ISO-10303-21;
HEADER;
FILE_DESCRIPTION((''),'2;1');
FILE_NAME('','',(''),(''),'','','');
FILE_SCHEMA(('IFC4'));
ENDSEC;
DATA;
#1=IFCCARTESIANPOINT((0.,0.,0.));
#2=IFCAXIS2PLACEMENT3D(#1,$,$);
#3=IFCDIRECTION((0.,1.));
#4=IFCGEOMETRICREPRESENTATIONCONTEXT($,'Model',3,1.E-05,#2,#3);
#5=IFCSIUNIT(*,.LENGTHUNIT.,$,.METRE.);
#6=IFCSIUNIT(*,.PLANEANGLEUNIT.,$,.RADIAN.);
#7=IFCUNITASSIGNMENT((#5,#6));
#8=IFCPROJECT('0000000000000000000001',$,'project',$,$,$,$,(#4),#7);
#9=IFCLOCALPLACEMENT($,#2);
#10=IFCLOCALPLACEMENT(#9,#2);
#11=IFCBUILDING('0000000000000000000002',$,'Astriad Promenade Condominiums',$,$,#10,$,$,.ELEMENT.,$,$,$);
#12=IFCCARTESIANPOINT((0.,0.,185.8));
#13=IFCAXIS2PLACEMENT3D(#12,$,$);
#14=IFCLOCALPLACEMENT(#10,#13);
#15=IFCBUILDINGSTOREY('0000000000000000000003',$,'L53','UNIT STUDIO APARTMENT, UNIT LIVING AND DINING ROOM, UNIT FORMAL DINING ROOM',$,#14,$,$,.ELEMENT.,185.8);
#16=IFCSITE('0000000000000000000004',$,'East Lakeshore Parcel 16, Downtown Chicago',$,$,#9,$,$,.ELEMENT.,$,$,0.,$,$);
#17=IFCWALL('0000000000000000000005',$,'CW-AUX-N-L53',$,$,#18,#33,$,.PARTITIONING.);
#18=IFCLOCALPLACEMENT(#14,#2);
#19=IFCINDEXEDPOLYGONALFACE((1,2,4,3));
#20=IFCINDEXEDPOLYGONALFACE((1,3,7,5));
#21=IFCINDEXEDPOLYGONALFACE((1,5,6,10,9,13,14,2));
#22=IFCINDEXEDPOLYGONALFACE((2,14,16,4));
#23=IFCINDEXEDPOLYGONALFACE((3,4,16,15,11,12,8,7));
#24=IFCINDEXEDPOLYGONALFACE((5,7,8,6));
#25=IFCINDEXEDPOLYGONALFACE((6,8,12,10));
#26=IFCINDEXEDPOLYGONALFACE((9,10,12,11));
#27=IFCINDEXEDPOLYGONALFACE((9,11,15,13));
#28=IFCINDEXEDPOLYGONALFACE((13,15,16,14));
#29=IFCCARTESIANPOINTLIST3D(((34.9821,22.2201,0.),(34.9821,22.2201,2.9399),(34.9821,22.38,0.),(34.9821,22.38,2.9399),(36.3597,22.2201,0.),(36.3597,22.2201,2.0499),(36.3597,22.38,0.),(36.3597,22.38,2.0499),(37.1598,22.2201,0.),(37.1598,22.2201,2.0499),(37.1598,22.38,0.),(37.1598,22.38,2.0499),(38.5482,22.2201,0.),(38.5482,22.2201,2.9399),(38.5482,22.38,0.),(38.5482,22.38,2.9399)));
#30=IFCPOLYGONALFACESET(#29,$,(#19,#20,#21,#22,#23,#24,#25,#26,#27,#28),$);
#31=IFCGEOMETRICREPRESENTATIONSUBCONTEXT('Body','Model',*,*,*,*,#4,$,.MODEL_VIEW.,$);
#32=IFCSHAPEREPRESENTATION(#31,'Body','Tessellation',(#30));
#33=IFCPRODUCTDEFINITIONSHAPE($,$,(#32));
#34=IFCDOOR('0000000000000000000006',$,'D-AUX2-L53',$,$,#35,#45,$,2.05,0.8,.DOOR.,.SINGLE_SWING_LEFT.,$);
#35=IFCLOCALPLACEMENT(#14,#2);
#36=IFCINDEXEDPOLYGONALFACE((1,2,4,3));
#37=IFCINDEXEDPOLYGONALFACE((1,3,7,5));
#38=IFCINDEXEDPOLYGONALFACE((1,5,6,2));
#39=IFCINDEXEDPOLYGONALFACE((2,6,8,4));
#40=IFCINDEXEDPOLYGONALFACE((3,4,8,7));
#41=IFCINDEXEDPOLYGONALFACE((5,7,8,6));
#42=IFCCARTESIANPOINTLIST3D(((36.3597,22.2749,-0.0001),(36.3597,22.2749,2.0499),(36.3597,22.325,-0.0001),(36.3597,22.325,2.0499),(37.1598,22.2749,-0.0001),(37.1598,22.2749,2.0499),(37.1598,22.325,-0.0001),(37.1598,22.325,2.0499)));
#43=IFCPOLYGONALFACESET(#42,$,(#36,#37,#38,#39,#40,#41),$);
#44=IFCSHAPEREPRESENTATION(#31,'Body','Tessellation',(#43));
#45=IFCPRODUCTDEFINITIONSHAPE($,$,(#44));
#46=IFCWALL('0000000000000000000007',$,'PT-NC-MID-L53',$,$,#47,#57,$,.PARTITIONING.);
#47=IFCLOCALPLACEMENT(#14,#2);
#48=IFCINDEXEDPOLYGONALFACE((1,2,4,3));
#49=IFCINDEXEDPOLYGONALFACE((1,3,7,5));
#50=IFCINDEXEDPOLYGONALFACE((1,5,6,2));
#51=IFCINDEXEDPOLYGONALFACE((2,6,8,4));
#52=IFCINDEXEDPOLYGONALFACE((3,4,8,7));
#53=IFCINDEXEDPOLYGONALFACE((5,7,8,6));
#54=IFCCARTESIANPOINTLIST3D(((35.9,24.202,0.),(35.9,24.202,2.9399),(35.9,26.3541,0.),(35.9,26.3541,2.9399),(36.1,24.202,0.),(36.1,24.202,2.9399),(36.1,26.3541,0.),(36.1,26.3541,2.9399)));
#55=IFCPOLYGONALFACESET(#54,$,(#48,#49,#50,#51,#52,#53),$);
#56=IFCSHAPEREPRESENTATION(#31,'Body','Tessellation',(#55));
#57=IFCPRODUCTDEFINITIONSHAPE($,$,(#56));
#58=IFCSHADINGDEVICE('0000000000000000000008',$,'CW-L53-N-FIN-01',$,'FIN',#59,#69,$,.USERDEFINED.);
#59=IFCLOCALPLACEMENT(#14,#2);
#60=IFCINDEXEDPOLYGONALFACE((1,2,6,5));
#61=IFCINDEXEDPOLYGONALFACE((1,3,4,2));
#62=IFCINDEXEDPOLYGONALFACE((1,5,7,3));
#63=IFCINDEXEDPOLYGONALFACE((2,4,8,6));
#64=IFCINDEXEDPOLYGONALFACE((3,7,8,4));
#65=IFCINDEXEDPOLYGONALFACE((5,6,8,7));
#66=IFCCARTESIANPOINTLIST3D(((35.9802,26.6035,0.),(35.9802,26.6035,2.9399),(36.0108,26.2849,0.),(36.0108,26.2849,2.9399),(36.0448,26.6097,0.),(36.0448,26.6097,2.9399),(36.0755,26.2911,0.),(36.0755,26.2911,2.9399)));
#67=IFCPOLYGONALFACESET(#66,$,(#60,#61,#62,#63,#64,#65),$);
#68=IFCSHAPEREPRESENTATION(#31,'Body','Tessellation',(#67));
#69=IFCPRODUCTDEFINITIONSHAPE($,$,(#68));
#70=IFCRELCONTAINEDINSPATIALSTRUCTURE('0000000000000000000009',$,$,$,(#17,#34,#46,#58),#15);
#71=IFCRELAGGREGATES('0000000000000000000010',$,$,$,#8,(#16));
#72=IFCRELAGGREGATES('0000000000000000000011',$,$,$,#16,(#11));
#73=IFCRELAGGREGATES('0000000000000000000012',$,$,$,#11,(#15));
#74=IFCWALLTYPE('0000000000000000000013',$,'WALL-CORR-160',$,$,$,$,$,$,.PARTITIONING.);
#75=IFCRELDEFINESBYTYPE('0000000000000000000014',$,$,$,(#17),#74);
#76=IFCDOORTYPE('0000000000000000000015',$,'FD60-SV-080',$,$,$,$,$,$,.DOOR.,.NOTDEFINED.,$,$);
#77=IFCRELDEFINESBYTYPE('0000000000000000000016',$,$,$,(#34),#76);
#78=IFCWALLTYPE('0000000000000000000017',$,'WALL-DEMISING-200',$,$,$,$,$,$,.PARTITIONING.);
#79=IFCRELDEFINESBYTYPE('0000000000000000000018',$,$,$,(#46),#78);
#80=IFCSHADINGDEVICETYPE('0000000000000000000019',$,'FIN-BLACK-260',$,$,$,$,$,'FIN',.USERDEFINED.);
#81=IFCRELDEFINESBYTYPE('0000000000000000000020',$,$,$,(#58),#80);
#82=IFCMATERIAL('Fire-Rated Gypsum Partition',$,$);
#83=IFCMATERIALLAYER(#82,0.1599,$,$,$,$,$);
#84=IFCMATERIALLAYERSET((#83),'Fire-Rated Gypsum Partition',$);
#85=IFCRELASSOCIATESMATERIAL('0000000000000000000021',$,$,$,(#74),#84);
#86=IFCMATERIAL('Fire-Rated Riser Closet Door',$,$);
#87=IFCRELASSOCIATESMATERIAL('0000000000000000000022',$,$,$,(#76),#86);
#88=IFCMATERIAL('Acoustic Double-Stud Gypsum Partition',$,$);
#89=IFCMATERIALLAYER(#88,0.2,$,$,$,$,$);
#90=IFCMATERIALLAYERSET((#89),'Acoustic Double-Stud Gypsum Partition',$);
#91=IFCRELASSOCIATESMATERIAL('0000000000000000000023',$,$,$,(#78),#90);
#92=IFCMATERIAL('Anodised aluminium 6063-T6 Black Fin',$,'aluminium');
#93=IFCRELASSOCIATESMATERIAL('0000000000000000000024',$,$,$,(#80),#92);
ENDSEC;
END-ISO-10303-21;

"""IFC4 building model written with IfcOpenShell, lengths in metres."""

from ifc_helpers import new_model, si_unit, direction, frame, frame_2d, origin, origin_2d, place, context, subcontext, project, spatial, rectangle, extrude, source, transform, mapped, material, layer, layer_set, type_object, type_shapes, element, fill, save


model = new_model("IFC4")

# Units and contexts
model_context = context("Model", 3, precision=1e-05, world=origin(), true_north=direction((0.0, 1.0)))
body_context = subcontext(model_context, "Body", "Model", "MODEL_VIEW")
ifc_project = project(units=[si_unit("LENGTHUNIT", "METRE"), si_unit("PLANEANGLEUNIT", "RADIAN")], contexts=[model_context])

# Site, building, storey
site_placement = place(None, origin())
site = spatial("IfcSite", under=ifc_project, at=site_placement, Name="East Lakeshore Parcel 16, Downtown Chicago", CompositionType="ELEMENT", RefElevation=0.0)
building_placement = place(site_placement, origin())
building = spatial("IfcBuilding", under=site, at=building_placement, Name="Astriad Promenade Condominiums", CompositionType="ELEMENT")
storey_placement = place(building_placement, frame((0.0, 0.0, 185.8)))
storey = spatial("IfcBuildingStorey", under=building, at=storey_placement, Name="L53", Description="UNIT STUDIO APARTMENT, UNIT LIVING AND DINING ROOM, UNIT FORMAL DINING ROOM", CompositionType="ELEMENT", Elevation=185.8)

# Shared definitions
ifc_material_1 = material(Name="Fire-Rated Gypsum Partition")
ifc_layer_1 = layer(ifc_material_1, 0.1599)
ifc_layer_set_1 = layer_set([ifc_layer_1], Name="Fire-Rated Gypsum Partition")
wall_type_1 = type_object("IfcWallType", Name="WALL-CORR-160", PredefinedType="PARTITIONING", material=ifc_layer_set_1)

# Wall, opening, door
ifc_material_2 = material(Name="Fire-Rated Riser Closet Door")
door_type_1 = type_object("IfcDoorType", Name="FD60-SV-080", OperationType="NOTDEFINED", PredefinedType="DOOR", material=ifc_material_2)
shared_shape_1 = source(origin(), body_context, "Body", "SweptSolid", [
    extrude(rectangle(XDim=0.8, YDim=2.05, at=frame_2d((0.3999, 1.0249))), frame((0.0, 0.0249, 0.0), z_axis=(0.0, -1.0, 0.0), x_axis=(1.0, 0.0, 0.0)), (0.0, 0.0, 1.0), 0.05),
])
type_shapes(door_type_1, [shared_shape_1])
wall_1_placement = place(storey_placement, frame((34.9819, 22.3, 0.0), z_axis=(0.0, 0.0, 1.0), x_axis=(1.0, 0.0, 0.0)))
wall_1 = element("IfcWall", 1, at=wall_1_placement, inside=storey, type_object=wall_type_1, Name="CW-AUX-N-L53", PredefinedType="PARTITIONING", context=body_context, shape_type="SweptSolid", body=[
    extrude(rectangle(XDim=3.5662, YDim=0.1599, at=frame_2d((1.7832, 0.0))), origin(), (0.0, 0.0, 1.0), 2.9399),
])
opening_1_placement = place(wall_1_placement, frame((1.3779, 0.0, 0.0)))
opening_1 = element("IfcOpeningElement", 2, at=opening_1_placement, cuts=wall_1, PredefinedType="OPENING", context=body_context, shape_type="SweptSolid", body=[
    extrude(rectangle(XDim=0.8, YDim=2.05, at=frame_2d((0.3999, 1.0249))), frame((0.0, 0.0898, 0.0), z_axis=(0.0, -1.0, 0.0), x_axis=(1.0, 0.0, 0.0)), (0.0, 0.0, 1.0), 0.1799),
])
door_1_placement = place(opening_1_placement, origin())
door_1 = element("IfcDoor", 3, at=door_1_placement, inside=storey, type_object=door_type_1, Name="D-AUX2-L53", OperationType="SINGLE_SWING_LEFT", OverallHeight=2.05, OverallWidth=0.8, PredefinedType="DOOR", context=body_context, shape_type="MappedRepresentation", body=[
    mapped(shared_shape_1, transform((0.0, 0.0, 0.0), scale=1.0)),
])
fill(opening_1, door_1)

# Wall
ifc_material_3 = material(Name="Acoustic Double-Stud Gypsum Partition")
ifc_layer_2 = layer(ifc_material_3, 0.2)
ifc_layer_set_2 = layer_set([ifc_layer_2], Name="Acoustic Double-Stud Gypsum Partition")
wall_type_2 = type_object("IfcWallType", Name="WALL-DEMISING-200", PredefinedType="PARTITIONING", material=ifc_layer_set_2)
wall_2_placement = place(storey_placement, frame((36.0, 24.2019, 0.0), z_axis=(0.0, 0.0, 1.0), x_axis=(0.0, 1.0, 0.0)))
element("IfcWall", 4, at=wall_2_placement, inside=storey, type_object=wall_type_2, Name="PT-NC-MID-L53", PredefinedType="PARTITIONING", context=body_context, shape_type="SweptSolid", body=[
    extrude(rectangle(XDim=2.1521, YDim=0.2, at=frame_2d((1.0762, 0.0))), origin(), (0.0, 0.0, 1.0), 2.9399),
])

# Shading device
ifc_material_4 = material(Name="Anodised aluminium 6063-T6 Black Fin", Category="aluminium")
shading_device_type = type_object("IfcShadingDeviceType", Name="FIN-BLACK-260", ElementType="FIN", PredefinedType="USERDEFINED", material=ifc_material_4)
shared_shape_2 = source(origin(), body_context, "Body", "SweptSolid", [
    extrude(rectangle(XDim=0.0649, YDim=0.3201, at=origin_2d()), origin(), (0.0, 0.0, 1.0), 2.9399),
])
type_shapes(shading_device_type, [shared_shape_2])
shading_device_placement = place(storey_placement, frame((36.0278, 26.4473, 0.0), z_axis=(0.0, 0.0, 1.0), x_axis=(0.995396, 0.095846, 0.0)))
element("IfcShadingDevice", 5, at=shading_device_placement, inside=storey, type_object=shading_device_type, Name="CW-L53-N-FIN-01", ObjectType="FIN", PredefinedType="USERDEFINED", context=body_context, shape_type="MappedRepresentation", body=[
    mapped(shared_shape_2, transform((0.0, 0.0, 0.0), scale=1.0)),
])

save(model, "model.ifc")
